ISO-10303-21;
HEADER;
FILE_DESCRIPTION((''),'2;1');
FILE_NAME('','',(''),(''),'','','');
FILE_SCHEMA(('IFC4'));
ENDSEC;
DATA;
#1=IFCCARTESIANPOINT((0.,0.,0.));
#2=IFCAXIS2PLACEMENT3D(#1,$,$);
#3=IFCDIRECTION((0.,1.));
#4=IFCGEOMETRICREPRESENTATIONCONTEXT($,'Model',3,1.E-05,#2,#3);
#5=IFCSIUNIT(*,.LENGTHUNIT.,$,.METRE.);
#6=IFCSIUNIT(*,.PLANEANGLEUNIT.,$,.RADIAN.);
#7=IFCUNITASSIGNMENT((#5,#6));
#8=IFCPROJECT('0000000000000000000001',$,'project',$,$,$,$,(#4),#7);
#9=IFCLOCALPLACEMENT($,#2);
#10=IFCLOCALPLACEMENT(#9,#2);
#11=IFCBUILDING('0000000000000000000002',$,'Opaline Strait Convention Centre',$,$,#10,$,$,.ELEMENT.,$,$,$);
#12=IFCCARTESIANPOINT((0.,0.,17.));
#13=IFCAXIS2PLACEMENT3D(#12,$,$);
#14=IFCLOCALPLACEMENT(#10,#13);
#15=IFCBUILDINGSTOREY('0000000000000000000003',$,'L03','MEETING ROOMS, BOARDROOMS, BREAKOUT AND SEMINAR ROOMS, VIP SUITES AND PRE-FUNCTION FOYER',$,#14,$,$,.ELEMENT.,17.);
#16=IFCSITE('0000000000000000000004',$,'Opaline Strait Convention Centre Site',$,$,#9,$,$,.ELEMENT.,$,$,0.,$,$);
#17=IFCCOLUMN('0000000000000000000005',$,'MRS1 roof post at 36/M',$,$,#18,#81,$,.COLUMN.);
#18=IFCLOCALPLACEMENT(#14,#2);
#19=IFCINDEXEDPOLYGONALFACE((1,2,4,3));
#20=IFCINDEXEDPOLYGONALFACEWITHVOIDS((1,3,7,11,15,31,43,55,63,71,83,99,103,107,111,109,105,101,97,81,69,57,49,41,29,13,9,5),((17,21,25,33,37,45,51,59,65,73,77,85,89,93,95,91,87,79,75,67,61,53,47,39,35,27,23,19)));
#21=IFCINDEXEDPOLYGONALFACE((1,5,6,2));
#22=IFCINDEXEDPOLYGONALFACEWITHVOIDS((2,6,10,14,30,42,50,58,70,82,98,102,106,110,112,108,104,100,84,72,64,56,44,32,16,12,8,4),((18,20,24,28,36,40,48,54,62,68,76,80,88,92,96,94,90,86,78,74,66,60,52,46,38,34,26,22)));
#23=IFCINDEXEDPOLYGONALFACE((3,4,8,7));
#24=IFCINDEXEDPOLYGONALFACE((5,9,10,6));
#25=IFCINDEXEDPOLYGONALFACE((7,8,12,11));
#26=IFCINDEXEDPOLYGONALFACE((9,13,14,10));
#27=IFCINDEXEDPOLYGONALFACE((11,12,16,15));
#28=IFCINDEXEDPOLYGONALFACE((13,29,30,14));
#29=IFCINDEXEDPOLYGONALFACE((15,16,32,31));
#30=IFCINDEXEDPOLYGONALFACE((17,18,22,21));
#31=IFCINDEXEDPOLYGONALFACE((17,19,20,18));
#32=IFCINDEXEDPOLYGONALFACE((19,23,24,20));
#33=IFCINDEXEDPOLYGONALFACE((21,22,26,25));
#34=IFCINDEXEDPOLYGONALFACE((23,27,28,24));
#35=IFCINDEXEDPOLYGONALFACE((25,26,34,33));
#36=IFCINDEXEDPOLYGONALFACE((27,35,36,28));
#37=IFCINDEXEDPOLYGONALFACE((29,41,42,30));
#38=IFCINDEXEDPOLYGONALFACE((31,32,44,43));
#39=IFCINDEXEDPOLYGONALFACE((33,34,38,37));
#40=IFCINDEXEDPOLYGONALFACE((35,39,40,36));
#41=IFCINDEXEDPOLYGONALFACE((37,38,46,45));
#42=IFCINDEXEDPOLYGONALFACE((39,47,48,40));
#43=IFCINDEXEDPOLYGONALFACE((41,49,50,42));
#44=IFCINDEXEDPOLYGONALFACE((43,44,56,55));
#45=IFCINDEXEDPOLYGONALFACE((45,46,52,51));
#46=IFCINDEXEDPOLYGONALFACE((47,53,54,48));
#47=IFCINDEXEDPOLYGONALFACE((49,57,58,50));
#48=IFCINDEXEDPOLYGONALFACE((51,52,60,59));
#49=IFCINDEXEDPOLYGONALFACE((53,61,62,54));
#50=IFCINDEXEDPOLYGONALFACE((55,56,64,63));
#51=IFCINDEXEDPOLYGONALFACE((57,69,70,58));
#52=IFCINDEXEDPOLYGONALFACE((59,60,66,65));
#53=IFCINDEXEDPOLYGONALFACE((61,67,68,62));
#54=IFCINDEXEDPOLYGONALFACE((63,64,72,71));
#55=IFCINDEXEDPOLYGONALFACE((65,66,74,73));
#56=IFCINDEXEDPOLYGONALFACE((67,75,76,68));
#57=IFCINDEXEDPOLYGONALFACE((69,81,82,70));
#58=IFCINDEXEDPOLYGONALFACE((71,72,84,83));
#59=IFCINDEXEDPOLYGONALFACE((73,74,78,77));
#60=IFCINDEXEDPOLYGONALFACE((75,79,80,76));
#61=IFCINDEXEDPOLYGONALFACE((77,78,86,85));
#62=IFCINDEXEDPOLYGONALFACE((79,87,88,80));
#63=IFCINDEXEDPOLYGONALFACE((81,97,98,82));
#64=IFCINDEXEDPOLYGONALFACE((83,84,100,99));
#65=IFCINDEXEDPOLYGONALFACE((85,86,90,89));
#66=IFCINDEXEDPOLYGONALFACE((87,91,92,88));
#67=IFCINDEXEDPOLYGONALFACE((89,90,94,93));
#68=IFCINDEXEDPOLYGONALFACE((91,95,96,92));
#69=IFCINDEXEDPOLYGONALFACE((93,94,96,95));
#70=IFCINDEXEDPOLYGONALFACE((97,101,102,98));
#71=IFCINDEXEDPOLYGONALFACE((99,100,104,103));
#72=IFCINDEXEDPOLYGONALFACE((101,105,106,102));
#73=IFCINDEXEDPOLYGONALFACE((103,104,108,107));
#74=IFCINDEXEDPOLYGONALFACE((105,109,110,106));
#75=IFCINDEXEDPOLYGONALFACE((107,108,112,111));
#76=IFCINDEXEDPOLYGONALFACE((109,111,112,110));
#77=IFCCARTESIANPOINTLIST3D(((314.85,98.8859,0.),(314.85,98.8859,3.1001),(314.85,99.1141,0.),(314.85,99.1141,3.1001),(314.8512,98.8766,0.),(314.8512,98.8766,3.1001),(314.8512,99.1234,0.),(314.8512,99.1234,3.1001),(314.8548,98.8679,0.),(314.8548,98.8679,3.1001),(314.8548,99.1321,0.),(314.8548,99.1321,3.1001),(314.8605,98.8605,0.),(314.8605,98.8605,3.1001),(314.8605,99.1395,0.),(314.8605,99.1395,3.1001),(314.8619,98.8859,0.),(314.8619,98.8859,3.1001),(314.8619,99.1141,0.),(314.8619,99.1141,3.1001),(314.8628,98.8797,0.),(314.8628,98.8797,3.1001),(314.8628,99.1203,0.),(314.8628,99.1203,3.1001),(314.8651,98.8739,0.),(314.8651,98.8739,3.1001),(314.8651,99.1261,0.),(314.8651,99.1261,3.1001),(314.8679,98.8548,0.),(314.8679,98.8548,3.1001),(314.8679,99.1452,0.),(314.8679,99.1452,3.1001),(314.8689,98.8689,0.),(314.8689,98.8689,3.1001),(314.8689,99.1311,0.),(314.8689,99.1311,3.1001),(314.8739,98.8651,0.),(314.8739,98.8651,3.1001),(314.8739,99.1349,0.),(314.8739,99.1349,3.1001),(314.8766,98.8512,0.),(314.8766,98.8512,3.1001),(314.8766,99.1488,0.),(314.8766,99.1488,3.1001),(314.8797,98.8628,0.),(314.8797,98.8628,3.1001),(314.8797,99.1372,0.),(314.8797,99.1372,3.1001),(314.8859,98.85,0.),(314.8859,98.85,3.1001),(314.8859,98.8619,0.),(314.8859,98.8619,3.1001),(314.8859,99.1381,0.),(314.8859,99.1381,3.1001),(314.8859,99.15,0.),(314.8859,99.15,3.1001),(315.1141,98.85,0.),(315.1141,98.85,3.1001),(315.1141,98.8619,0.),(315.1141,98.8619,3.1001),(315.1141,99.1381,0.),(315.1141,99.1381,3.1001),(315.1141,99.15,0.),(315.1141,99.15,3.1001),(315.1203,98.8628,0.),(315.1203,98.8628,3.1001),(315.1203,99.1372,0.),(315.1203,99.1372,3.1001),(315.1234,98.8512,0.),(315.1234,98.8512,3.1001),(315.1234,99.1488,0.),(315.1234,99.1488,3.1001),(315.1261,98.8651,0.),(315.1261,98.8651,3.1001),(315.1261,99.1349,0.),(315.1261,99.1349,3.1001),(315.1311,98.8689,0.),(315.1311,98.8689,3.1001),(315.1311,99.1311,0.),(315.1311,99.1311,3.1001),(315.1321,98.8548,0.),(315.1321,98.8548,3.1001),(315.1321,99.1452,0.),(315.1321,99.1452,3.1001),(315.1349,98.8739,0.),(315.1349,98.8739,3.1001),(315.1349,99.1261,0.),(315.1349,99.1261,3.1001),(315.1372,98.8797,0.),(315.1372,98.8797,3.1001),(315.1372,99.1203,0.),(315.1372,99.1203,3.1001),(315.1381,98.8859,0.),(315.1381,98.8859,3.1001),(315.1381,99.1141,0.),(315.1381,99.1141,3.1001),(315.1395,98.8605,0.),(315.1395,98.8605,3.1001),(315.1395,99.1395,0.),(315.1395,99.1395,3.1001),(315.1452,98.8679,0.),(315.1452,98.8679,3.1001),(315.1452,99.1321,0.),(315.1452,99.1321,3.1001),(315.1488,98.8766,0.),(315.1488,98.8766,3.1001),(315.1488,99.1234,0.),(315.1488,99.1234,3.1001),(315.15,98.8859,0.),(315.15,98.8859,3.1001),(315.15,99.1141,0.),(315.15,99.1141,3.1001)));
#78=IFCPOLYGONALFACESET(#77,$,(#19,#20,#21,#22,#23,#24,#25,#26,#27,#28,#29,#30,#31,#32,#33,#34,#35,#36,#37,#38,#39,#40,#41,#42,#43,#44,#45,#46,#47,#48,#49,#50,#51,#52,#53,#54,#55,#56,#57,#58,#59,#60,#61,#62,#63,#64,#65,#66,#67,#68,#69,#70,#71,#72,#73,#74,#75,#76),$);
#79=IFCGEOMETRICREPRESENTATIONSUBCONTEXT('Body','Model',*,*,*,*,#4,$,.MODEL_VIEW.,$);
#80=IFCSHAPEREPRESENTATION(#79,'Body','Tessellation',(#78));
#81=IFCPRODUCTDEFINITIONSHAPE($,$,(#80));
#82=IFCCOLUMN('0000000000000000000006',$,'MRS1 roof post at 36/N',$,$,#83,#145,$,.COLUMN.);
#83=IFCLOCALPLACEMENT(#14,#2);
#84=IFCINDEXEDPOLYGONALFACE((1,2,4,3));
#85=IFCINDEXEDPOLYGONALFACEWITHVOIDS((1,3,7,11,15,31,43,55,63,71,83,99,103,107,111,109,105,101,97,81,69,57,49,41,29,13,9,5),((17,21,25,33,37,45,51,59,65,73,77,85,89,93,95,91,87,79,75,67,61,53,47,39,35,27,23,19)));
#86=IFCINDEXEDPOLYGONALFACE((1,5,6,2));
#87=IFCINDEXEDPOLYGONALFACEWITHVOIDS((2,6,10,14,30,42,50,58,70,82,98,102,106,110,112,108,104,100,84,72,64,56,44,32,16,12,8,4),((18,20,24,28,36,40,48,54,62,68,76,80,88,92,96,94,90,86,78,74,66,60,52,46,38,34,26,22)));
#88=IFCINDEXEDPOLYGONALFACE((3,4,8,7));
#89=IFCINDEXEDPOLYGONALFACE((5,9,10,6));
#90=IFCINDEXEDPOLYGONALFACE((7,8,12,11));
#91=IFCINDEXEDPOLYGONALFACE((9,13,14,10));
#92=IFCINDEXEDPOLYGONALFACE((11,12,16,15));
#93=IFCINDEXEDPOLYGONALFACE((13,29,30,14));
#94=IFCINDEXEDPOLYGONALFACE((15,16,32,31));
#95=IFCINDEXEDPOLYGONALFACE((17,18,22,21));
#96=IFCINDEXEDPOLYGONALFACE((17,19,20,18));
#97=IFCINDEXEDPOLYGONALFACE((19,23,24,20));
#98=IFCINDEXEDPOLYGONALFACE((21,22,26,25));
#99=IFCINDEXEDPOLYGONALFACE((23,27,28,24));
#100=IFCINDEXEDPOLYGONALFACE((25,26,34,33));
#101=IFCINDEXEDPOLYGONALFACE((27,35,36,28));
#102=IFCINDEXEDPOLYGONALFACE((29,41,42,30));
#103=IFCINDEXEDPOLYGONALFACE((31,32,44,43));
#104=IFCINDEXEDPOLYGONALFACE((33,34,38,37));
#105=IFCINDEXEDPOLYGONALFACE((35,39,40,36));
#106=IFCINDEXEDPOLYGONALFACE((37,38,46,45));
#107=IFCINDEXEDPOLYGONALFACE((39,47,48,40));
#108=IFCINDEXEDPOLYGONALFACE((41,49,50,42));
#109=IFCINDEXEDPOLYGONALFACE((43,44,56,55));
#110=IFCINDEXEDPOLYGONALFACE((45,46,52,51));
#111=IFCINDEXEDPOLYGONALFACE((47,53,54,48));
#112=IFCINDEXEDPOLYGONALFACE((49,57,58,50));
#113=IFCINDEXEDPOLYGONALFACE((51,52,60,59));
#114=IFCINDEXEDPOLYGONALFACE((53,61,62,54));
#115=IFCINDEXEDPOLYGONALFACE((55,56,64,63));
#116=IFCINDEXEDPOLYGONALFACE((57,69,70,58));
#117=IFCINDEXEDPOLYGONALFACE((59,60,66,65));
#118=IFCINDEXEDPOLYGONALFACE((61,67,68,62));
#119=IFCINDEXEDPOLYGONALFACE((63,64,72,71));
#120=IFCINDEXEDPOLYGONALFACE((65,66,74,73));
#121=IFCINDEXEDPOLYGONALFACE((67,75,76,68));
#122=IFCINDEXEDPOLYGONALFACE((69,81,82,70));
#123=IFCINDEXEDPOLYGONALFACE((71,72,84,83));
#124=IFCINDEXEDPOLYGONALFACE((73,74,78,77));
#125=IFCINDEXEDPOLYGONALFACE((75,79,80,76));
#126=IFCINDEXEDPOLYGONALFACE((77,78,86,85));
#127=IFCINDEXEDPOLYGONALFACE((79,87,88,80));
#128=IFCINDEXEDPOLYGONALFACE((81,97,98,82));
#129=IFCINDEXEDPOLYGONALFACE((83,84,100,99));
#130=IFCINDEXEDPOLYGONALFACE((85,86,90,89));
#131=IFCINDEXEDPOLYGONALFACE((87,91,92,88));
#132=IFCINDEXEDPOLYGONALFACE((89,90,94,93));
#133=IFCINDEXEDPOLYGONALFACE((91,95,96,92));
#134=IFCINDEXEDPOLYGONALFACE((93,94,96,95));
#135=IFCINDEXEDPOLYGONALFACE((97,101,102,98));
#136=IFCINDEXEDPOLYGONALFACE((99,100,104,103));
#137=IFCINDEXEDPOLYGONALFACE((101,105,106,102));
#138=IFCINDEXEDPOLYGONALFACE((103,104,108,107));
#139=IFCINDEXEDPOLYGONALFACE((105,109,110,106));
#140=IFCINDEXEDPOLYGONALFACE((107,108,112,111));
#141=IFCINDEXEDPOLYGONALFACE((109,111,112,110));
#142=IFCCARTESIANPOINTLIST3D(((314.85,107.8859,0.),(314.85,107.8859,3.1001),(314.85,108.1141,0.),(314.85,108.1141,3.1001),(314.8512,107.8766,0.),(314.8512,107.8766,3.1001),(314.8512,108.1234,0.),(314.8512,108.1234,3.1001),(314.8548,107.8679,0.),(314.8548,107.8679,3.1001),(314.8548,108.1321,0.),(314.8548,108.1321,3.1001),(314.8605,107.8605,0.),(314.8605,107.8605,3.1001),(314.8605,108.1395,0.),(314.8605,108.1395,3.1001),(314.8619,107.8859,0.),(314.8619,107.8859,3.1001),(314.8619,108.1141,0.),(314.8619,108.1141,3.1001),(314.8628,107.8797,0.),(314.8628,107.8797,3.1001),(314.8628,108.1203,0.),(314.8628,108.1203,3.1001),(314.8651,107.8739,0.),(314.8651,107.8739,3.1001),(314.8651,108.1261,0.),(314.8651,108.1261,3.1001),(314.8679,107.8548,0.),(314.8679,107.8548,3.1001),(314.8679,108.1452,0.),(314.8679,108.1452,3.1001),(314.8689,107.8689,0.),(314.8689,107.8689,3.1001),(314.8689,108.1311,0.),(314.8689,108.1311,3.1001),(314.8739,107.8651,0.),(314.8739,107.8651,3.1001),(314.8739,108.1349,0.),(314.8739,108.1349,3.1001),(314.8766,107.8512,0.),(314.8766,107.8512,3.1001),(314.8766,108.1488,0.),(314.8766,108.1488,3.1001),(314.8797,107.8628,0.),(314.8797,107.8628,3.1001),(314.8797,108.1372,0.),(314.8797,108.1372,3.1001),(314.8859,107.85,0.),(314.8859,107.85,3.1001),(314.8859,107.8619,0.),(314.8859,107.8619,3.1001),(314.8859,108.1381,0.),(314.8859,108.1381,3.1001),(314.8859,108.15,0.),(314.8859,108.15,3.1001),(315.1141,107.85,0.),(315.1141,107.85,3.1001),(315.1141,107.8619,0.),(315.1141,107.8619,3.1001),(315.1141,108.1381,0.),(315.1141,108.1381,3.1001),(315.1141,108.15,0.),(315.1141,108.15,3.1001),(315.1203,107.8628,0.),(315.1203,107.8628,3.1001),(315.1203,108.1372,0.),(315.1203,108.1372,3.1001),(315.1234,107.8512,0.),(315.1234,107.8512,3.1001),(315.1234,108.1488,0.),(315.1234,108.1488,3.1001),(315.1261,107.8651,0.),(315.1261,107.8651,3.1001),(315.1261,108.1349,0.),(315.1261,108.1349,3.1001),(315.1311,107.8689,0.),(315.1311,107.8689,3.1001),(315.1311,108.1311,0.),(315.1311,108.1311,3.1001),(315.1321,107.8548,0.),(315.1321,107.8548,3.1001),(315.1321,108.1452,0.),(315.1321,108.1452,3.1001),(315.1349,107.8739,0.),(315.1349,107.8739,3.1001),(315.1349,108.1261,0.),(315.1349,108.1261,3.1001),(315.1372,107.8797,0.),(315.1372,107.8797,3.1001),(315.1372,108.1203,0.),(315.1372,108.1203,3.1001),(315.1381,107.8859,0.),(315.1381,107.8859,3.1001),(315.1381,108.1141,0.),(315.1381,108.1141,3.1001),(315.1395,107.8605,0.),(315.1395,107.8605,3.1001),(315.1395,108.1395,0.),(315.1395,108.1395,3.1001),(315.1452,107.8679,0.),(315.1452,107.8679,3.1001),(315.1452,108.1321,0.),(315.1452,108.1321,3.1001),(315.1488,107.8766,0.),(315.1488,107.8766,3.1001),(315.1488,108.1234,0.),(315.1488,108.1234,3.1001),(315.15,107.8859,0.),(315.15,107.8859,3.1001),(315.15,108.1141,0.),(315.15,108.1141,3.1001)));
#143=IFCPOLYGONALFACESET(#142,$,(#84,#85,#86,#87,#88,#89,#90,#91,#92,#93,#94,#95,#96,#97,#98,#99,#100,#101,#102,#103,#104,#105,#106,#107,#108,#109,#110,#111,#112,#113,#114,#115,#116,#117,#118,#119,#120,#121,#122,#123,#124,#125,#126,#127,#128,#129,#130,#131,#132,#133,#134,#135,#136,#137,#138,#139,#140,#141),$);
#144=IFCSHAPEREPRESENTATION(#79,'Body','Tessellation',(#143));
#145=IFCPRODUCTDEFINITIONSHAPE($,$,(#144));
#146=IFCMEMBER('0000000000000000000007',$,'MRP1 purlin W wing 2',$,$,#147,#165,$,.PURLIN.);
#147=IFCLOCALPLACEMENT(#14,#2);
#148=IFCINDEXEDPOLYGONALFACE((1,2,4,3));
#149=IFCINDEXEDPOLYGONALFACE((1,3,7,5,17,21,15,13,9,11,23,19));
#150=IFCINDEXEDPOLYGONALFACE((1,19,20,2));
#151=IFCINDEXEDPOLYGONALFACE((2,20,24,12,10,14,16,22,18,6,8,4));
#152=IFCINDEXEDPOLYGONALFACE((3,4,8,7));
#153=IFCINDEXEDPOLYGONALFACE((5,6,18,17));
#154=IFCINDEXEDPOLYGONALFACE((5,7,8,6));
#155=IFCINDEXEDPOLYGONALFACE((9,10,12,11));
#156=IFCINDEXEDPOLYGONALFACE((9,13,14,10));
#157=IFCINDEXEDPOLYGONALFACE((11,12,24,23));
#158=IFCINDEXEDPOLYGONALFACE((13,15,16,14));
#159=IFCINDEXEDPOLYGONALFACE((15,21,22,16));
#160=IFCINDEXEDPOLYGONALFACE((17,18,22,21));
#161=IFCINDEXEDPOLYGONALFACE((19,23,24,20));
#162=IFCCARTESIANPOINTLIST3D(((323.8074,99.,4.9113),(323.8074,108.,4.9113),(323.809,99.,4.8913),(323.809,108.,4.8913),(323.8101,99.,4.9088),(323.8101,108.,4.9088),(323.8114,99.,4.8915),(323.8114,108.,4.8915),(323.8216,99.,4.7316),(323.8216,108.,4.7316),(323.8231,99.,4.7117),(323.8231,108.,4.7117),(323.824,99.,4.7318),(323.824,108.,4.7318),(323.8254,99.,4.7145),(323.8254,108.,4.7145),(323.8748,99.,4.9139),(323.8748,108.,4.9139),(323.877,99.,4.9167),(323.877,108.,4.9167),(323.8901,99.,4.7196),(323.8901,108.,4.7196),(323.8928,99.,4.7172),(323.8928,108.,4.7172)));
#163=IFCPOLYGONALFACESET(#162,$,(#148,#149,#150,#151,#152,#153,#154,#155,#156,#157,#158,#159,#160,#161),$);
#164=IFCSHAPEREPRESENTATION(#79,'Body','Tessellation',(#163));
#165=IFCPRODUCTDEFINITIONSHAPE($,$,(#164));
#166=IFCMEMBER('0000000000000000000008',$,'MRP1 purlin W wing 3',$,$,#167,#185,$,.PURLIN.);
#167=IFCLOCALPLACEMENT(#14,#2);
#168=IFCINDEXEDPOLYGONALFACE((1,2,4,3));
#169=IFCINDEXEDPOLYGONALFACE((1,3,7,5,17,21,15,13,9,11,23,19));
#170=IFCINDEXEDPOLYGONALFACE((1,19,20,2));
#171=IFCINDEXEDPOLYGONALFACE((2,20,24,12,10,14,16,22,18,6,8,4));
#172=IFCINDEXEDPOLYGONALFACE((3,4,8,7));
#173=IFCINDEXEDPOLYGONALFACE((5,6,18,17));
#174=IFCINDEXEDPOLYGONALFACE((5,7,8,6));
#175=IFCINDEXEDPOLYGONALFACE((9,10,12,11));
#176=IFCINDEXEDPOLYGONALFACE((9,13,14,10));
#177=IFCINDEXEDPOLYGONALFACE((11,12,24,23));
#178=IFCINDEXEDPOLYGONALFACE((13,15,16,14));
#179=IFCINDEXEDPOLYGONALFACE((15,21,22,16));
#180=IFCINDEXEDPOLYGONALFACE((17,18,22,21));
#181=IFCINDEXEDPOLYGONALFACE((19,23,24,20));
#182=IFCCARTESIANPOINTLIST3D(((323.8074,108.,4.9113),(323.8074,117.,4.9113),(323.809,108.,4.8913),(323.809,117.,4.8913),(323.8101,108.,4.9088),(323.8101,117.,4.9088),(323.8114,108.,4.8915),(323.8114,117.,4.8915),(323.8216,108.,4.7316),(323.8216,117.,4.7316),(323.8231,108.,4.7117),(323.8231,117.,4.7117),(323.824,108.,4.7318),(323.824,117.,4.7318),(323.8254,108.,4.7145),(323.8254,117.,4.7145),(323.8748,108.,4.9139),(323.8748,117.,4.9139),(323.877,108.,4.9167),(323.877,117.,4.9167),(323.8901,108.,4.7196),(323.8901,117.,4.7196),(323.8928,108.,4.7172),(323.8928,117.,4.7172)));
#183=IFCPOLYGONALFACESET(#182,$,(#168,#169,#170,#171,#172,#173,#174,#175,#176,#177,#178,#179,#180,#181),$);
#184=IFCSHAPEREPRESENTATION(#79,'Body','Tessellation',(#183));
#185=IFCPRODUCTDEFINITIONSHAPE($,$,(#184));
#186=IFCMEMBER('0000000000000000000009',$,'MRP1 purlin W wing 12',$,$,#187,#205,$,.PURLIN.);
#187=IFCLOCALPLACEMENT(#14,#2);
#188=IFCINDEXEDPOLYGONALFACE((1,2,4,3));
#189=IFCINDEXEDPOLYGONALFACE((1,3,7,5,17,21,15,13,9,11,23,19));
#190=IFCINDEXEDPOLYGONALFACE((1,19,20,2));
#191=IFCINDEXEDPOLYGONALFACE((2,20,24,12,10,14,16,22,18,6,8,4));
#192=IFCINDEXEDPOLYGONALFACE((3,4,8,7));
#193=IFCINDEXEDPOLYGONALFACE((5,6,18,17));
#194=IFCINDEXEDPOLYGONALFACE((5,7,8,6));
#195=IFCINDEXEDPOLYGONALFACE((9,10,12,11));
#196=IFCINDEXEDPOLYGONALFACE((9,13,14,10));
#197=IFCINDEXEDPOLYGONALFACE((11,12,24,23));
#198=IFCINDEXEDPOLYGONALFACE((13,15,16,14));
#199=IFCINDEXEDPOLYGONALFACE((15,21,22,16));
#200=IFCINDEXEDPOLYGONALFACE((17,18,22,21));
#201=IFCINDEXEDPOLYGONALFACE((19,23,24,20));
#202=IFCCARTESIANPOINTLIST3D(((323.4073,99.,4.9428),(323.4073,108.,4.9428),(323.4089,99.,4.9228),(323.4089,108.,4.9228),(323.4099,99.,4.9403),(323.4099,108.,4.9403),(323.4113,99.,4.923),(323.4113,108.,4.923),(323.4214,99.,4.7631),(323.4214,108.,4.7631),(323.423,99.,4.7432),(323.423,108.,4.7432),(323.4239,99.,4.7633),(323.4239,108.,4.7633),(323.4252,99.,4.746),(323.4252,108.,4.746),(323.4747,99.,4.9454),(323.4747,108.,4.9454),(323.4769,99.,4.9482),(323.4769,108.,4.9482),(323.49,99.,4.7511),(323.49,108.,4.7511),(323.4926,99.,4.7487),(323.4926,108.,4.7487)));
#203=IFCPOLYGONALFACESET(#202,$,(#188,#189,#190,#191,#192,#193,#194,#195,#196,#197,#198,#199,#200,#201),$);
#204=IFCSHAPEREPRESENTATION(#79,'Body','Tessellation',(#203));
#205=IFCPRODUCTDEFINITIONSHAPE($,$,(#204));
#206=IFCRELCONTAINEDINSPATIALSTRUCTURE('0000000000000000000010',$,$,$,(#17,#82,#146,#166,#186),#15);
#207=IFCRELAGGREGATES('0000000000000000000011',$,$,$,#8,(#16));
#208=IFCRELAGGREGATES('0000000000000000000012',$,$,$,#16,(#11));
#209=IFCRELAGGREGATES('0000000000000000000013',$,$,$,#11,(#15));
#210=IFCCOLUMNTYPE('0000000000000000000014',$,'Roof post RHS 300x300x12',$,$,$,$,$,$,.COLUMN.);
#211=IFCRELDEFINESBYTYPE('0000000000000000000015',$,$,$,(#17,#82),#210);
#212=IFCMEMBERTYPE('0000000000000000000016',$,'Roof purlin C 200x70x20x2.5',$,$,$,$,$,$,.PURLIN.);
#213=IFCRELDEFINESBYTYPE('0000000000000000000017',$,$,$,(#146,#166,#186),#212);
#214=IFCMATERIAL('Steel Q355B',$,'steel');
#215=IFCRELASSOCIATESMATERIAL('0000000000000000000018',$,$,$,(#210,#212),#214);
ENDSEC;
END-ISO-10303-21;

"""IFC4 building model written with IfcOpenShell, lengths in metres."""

from ifc_helpers import new_model, si_unit, direction, frame, origin, origin_2d, place, context, subcontext, project, spatial, polyline, hollow_rectangle, outline, extrude, material, material_profile, profile_set, type_object, element, save


model = new_model("IFC4")

# Units and contexts
model_context = context("Model", 3, precision=1e-05, world=origin(), true_north=direction((0.0, 1.0)))
body_context = subcontext(model_context, "Body", "Model", "MODEL_VIEW")
ifc_project = project(units=[si_unit("LENGTHUNIT", "METRE"), si_unit("PLANEANGLEUNIT", "RADIAN")], contexts=[model_context])

# Site, building, storey
site_placement = place(None, origin())
site = spatial("IfcSite", under=ifc_project, at=site_placement, Name="Opaline Strait Convention Centre Site", CompositionType="ELEMENT", RefElevation=0.0)
building_placement = place(site_placement, origin())
building = spatial("IfcBuilding", under=site, at=building_placement, Name="Opaline Strait Convention Centre", CompositionType="ELEMENT")
storey_placement = place(building_placement, frame((0.0, 0.0, 17.0)))
storey = spatial("IfcBuildingStorey", under=building, at=storey_placement, Name="L03", Description="MEETING ROOMS, BOARDROOMS, BREAKOUT AND SEMINAR ROOMS, VIP SUITES AND PRE-FUNCTION FOYER", CompositionType="ELEMENT", Elevation=17.0)

# Columns
ifc_material_1 = material(Name="Steel Q355B", Category="steel")
ifc_material_profile_1 = material_profile(ifc_material_1, hollow_rectangle(XDim=0.3, YDim=0.3, WallThickness=0.012, InnerFilletRadius=0.0239, OuterFilletRadius=0.0359, at=origin_2d()), Name="RHS 300x300x12")
ifc_profile_set_1 = profile_set([ifc_material_profile_1], Name="Steel Q355B")
column_type = type_object("IfcColumnType", Name="Roof post RHS 300x300x12", PredefinedType="COLUMN", material=ifc_profile_set_1)
for number, where, z_axis, x_axis, name in (
    (1, (315.0, 99.0, 0.0), (0.0, 0.0, 1.0), (1.0, 0.0, 0.0), "MRS1 roof post at 36/M"),
    (2, (315.0, 108.0, 0.0), (0.0, 0.0, 1.0), (1.0, 0.0, 0.0), "MRS1 roof post at 36/N"),
):
    element("IfcColumn", number, at=place(storey_placement, frame(where, z_axis=z_axis, x_axis=x_axis)), inside=storey, type_object=column_type, Name=name, PredefinedType="COLUMN", context=body_context, shape_type="SweptSolid", body=[
        extrude(hollow_rectangle(XDim=0.3, YDim=0.3, WallThickness=0.012, InnerFilletRadius=0.0239, OuterFilletRadius=0.0359, at=origin_2d()), origin(), (0.0, 0.0, 1.0), 3.1001),
    ])

# Members
ifc_material_profile_2 = material_profile(ifc_material_1, outline(polyline([(-0.0349, -0.1001), (0.0349, -0.1001), (0.0349, -0.0801), (0.0325, -0.0801), (0.0325, -0.0974), (-0.0325, -0.0974), (-0.0325, 0.0974), (0.0325, 0.0974), (0.0325, 0.0801), (0.0349, 0.0801), (0.0349, 0.1001), (-0.0349, 0.1001), (-0.0349, -0.1001)])), Name="C 200x70x20x2.5")
ifc_profile_set_2 = profile_set([ifc_material_profile_2], Name="Steel Q355B")
member_type_1 = type_object("IfcMemberType", Name="Roof purlin C 200x70x20x2.5", PredefinedType="PURLIN", material=ifc_profile_set_2)
for number, where, z_axis, x_axis, name in (
    (3, (323.8501, 99.0, 4.8142), (0.0, 1.0, 0.0), (-0.996917, 0.0, -0.078459), "MRP1 purlin W wing 2"),
    (4, (323.8501, 108.0, 4.8142), (0.0, 1.0, 0.0), (-0.996917, 0.0, -0.078459), "MRP1 purlin W wing 3"),
    (5, (323.45, 99.0, 4.8457), (0.0, 1.0, 0.0), (-0.996917, 0.0, -0.078459), "MRP1 purlin W wing 12"),
):
    element("IfcMember", number, at=place(storey_placement, frame(where, z_axis=z_axis, x_axis=x_axis)), inside=storey, type_object=member_type_1, Name=name, PredefinedType="PURLIN", context=body_context, shape_type="SweptSolid", body=[
        extrude(outline(polyline([(-0.0349, -0.1001), (0.0349, -0.1001), (0.0349, -0.0801), (0.0325, -0.0801), (0.0325, -0.0974), (-0.0325, -0.0974), (-0.0325, 0.0974), (0.0325, 0.0974), (0.0325, 0.0801), (0.0349, 0.0801), (0.0349, 0.1001), (-0.0349, 0.1001), (-0.0349, -0.1001)])), origin(), (0.0, 0.0, 1.0), 9.0),
    ])

save(model, "model.ifc")
